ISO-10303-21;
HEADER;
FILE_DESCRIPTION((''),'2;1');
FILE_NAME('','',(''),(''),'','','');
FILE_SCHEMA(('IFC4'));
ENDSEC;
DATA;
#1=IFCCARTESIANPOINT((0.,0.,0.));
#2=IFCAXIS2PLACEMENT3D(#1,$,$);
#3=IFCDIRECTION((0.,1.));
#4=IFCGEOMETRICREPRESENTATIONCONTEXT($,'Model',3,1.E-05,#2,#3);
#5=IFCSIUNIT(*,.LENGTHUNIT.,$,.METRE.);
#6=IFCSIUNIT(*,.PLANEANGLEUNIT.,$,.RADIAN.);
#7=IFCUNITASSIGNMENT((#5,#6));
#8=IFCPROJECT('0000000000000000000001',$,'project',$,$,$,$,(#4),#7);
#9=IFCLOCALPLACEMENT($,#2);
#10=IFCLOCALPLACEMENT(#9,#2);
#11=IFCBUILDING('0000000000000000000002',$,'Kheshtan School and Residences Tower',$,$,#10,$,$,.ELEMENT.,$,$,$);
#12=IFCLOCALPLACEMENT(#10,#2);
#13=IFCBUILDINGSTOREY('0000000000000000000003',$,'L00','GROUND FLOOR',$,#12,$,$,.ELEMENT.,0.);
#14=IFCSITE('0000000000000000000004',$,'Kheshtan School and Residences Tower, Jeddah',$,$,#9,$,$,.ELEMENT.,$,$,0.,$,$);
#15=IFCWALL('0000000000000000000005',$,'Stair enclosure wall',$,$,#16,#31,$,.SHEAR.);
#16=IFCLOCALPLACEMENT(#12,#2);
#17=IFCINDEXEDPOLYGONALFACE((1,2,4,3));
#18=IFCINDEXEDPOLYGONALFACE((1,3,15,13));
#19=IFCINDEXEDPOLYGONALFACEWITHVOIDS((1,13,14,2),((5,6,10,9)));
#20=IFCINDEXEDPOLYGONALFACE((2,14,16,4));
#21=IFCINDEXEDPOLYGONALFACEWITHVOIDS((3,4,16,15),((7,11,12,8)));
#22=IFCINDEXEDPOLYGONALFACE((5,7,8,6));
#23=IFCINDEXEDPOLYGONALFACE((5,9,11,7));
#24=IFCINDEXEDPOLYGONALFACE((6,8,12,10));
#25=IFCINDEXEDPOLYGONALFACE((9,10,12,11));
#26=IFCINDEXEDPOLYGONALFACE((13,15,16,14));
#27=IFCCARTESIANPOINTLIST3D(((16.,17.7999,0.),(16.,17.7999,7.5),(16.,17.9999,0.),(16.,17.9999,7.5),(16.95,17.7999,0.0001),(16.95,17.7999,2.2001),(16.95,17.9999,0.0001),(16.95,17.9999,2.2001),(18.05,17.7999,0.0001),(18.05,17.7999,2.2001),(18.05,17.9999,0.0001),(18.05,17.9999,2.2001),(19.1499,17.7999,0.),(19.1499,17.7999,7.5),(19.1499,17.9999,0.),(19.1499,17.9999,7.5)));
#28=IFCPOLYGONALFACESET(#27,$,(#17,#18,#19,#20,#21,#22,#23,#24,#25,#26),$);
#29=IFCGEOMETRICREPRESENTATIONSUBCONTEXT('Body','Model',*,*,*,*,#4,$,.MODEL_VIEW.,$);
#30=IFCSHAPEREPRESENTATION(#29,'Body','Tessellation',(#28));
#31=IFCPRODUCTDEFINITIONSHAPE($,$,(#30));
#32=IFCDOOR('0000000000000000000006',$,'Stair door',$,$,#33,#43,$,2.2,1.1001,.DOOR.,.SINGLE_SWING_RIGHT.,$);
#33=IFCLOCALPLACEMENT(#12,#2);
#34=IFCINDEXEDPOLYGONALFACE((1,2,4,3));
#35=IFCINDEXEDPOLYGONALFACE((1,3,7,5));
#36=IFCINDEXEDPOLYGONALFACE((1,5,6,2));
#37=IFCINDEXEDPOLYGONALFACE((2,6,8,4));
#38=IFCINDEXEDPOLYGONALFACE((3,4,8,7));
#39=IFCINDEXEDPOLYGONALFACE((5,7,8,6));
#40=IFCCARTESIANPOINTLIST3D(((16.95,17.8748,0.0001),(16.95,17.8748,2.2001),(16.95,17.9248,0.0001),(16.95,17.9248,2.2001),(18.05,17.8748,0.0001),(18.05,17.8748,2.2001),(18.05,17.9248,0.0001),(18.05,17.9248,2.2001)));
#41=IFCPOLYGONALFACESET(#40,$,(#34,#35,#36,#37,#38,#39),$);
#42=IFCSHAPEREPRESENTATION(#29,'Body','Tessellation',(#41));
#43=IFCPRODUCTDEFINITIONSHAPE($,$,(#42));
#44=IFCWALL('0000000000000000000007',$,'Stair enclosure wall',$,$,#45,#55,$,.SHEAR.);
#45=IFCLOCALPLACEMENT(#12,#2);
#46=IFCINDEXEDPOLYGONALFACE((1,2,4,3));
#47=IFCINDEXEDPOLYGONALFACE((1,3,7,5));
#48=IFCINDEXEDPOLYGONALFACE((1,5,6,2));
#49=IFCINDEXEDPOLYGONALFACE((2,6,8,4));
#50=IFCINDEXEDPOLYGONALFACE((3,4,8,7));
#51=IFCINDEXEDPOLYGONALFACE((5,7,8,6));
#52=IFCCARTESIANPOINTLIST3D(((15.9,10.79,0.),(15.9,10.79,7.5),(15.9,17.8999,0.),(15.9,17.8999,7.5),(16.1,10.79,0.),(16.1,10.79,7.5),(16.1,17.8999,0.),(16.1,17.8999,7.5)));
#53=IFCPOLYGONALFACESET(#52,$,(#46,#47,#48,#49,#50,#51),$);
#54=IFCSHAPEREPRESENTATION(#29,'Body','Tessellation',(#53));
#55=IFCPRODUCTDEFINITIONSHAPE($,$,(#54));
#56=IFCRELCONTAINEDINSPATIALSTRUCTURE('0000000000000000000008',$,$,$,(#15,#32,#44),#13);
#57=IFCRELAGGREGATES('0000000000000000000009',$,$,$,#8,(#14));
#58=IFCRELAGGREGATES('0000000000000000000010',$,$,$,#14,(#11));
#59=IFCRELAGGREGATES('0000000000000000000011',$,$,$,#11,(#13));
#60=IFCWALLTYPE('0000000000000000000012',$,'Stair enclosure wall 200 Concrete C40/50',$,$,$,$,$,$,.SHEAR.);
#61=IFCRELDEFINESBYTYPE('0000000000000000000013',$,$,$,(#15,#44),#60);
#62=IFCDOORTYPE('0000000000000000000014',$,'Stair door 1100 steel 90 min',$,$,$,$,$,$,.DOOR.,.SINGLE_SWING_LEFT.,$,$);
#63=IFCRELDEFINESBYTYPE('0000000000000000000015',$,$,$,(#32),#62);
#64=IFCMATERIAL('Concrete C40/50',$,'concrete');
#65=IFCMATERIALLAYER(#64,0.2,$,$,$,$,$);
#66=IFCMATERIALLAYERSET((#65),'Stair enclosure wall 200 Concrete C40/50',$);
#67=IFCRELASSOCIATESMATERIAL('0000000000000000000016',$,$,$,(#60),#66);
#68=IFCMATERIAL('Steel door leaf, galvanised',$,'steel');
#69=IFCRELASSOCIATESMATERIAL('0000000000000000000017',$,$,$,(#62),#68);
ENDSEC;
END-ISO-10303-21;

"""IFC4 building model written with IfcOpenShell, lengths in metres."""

from ifc_helpers import new_model, si_unit, direction, frame, frame_2d, origin, place, context, subcontext, project, spatial, rectangle, extrude, source, transform, mapped, material, layer, layer_set, type_object, element, fill, save


model = new_model("IFC4")

# Units and contexts
model_context = context("Model", 3, precision=1e-05, world=origin(), true_north=direction((0.0, 1.0)))
body_context = subcontext(model_context, "Body", "Model", "MODEL_VIEW")
ifc_project = project(units=[si_unit("LENGTHUNIT", "METRE"), si_unit("PLANEANGLEUNIT", "RADIAN")], contexts=[model_context])

# Site, building, storey
site_placement = place(None, origin())
site = spatial("IfcSite", under=ifc_project, at=site_placement, Name="Kheshtan School and Residences Tower, Jeddah", CompositionType="ELEMENT", RefElevation=0.0)
building_placement = place(site_placement, origin())
building = spatial("IfcBuilding", under=site, at=building_placement, Name="Kheshtan School and Residences Tower", CompositionType="ELEMENT")
storey_placement = place(building_placement, origin())
storey = spatial("IfcBuildingStorey", under=building, at=storey_placement, Name="L00", Description="GROUND FLOOR", CompositionType="ELEMENT", Elevation=0.0)

# Wall, opening, door
ifc_material_1 = material(Name="Concrete C40/50", Category="concrete")
ifc_layer_1 = layer(ifc_material_1, 0.2)
ifc_layer_set_1 = layer_set([ifc_layer_1], Name="Stair enclosure wall 200 Concrete C40/50")
wall_type_1 = type_object("IfcWallType", Name="Stair enclosure wall 200 Concrete C40/50", PredefinedType="SHEAR", material=ifc_layer_set_1)
wall_1_placement = place(storey_placement, frame((16.0, 17.8999, 0.0), z_axis=(0.0, 0.0, 1.0), x_axis=(1.0, 0.0, 0.0)))
wall_1 = element("IfcWall", 1, at=wall_1_placement, inside=storey, type_object=wall_type_1, Name="Stair enclosure wall", PredefinedType="SHEAR", context=body_context, shape_type="SweptSolid", body=[
    extrude(rectangle(XDim=3.1499, YDim=0.2, at=frame_2d((1.575, 0.0))), origin(), (0.0, 0.0, 1.0), 7.5),
])
opening_1_placement = place(wall_1_placement, frame((0.95, 0.0, 0.0)))
opening_1 = element("IfcOpeningElement", 2, at=opening_1_placement, cuts=wall_1, PredefinedType="OPENING", context=body_context, shape_type="SweptSolid", body=[
    extrude(rectangle(XDim=1.1001, YDim=2.2, at=frame_2d((0.55, 1.1001))), frame((0.0, 0.1099, 0.0), z_axis=(0.0, -1.0, 0.0), x_axis=(1.0, 0.0, 0.0)), (0.0, 0.0, 1.0), 0.22),
])
ifc_material_2 = material(Name="Steel door leaf, galvanised", Category="steel")
door_type_1 = type_object("IfcDoorType", Name="Stair door 1100 steel 90 min", OperationType="SINGLE_SWING_LEFT", PredefinedType="DOOR", material=ifc_material_2)
shared_shape_1 = source(origin(), body_context, "Body", "SweptSolid", [
    extrude(rectangle(XDim=1.1001, YDim=2.2, at=frame_2d((0.55, 1.1001))), frame((0.0, 0.0249, 0.0), z_axis=(0.0, -1.0, 0.0), x_axis=(1.0, 0.0, 0.0)), (0.0, 0.0, 1.0), 0.05),
])
door_1_placement = place(opening_1_placement, origin())
door_1 = element("IfcDoor", 3, at=door_1_placement, inside=storey, type_object=door_type_1, Name="Stair door", OperationType="SINGLE_SWING_RIGHT", OverallHeight=2.2, OverallWidth=1.1001, PredefinedType="DOOR", context=body_context, shape_type="MappedRepresentation", body=[
    mapped(shared_shape_1, transform((0.0, 0.0, 0.0), x_axis=(1.0, 0.0, 0.0), y_axis=(0.0, 1.0, 0.0), z_axis=(0.0, 0.0, 1.0), scale=1.0)),
])
fill(opening_1, door_1)

# Wall
wall_2_placement = place(storey_placement, frame((16.0, 10.79, 0.0), z_axis=(0.0, 0.0, 1.0), x_axis=(0.0, 1.0, 0.0)))
element("IfcWall", 4, at=wall_2_placement, inside=storey, type_object=wall_type_1, Name="Stair enclosure wall", PredefinedType="SHEAR", context=body_context, shape_type="SweptSolid", body=[
    extrude(rectangle(XDim=7.1099, YDim=0.2, at=frame_2d((3.5549, 0.0))), origin(), (0.0, 0.0, 1.0), 7.5),
])

save(model, "model.ifc")
